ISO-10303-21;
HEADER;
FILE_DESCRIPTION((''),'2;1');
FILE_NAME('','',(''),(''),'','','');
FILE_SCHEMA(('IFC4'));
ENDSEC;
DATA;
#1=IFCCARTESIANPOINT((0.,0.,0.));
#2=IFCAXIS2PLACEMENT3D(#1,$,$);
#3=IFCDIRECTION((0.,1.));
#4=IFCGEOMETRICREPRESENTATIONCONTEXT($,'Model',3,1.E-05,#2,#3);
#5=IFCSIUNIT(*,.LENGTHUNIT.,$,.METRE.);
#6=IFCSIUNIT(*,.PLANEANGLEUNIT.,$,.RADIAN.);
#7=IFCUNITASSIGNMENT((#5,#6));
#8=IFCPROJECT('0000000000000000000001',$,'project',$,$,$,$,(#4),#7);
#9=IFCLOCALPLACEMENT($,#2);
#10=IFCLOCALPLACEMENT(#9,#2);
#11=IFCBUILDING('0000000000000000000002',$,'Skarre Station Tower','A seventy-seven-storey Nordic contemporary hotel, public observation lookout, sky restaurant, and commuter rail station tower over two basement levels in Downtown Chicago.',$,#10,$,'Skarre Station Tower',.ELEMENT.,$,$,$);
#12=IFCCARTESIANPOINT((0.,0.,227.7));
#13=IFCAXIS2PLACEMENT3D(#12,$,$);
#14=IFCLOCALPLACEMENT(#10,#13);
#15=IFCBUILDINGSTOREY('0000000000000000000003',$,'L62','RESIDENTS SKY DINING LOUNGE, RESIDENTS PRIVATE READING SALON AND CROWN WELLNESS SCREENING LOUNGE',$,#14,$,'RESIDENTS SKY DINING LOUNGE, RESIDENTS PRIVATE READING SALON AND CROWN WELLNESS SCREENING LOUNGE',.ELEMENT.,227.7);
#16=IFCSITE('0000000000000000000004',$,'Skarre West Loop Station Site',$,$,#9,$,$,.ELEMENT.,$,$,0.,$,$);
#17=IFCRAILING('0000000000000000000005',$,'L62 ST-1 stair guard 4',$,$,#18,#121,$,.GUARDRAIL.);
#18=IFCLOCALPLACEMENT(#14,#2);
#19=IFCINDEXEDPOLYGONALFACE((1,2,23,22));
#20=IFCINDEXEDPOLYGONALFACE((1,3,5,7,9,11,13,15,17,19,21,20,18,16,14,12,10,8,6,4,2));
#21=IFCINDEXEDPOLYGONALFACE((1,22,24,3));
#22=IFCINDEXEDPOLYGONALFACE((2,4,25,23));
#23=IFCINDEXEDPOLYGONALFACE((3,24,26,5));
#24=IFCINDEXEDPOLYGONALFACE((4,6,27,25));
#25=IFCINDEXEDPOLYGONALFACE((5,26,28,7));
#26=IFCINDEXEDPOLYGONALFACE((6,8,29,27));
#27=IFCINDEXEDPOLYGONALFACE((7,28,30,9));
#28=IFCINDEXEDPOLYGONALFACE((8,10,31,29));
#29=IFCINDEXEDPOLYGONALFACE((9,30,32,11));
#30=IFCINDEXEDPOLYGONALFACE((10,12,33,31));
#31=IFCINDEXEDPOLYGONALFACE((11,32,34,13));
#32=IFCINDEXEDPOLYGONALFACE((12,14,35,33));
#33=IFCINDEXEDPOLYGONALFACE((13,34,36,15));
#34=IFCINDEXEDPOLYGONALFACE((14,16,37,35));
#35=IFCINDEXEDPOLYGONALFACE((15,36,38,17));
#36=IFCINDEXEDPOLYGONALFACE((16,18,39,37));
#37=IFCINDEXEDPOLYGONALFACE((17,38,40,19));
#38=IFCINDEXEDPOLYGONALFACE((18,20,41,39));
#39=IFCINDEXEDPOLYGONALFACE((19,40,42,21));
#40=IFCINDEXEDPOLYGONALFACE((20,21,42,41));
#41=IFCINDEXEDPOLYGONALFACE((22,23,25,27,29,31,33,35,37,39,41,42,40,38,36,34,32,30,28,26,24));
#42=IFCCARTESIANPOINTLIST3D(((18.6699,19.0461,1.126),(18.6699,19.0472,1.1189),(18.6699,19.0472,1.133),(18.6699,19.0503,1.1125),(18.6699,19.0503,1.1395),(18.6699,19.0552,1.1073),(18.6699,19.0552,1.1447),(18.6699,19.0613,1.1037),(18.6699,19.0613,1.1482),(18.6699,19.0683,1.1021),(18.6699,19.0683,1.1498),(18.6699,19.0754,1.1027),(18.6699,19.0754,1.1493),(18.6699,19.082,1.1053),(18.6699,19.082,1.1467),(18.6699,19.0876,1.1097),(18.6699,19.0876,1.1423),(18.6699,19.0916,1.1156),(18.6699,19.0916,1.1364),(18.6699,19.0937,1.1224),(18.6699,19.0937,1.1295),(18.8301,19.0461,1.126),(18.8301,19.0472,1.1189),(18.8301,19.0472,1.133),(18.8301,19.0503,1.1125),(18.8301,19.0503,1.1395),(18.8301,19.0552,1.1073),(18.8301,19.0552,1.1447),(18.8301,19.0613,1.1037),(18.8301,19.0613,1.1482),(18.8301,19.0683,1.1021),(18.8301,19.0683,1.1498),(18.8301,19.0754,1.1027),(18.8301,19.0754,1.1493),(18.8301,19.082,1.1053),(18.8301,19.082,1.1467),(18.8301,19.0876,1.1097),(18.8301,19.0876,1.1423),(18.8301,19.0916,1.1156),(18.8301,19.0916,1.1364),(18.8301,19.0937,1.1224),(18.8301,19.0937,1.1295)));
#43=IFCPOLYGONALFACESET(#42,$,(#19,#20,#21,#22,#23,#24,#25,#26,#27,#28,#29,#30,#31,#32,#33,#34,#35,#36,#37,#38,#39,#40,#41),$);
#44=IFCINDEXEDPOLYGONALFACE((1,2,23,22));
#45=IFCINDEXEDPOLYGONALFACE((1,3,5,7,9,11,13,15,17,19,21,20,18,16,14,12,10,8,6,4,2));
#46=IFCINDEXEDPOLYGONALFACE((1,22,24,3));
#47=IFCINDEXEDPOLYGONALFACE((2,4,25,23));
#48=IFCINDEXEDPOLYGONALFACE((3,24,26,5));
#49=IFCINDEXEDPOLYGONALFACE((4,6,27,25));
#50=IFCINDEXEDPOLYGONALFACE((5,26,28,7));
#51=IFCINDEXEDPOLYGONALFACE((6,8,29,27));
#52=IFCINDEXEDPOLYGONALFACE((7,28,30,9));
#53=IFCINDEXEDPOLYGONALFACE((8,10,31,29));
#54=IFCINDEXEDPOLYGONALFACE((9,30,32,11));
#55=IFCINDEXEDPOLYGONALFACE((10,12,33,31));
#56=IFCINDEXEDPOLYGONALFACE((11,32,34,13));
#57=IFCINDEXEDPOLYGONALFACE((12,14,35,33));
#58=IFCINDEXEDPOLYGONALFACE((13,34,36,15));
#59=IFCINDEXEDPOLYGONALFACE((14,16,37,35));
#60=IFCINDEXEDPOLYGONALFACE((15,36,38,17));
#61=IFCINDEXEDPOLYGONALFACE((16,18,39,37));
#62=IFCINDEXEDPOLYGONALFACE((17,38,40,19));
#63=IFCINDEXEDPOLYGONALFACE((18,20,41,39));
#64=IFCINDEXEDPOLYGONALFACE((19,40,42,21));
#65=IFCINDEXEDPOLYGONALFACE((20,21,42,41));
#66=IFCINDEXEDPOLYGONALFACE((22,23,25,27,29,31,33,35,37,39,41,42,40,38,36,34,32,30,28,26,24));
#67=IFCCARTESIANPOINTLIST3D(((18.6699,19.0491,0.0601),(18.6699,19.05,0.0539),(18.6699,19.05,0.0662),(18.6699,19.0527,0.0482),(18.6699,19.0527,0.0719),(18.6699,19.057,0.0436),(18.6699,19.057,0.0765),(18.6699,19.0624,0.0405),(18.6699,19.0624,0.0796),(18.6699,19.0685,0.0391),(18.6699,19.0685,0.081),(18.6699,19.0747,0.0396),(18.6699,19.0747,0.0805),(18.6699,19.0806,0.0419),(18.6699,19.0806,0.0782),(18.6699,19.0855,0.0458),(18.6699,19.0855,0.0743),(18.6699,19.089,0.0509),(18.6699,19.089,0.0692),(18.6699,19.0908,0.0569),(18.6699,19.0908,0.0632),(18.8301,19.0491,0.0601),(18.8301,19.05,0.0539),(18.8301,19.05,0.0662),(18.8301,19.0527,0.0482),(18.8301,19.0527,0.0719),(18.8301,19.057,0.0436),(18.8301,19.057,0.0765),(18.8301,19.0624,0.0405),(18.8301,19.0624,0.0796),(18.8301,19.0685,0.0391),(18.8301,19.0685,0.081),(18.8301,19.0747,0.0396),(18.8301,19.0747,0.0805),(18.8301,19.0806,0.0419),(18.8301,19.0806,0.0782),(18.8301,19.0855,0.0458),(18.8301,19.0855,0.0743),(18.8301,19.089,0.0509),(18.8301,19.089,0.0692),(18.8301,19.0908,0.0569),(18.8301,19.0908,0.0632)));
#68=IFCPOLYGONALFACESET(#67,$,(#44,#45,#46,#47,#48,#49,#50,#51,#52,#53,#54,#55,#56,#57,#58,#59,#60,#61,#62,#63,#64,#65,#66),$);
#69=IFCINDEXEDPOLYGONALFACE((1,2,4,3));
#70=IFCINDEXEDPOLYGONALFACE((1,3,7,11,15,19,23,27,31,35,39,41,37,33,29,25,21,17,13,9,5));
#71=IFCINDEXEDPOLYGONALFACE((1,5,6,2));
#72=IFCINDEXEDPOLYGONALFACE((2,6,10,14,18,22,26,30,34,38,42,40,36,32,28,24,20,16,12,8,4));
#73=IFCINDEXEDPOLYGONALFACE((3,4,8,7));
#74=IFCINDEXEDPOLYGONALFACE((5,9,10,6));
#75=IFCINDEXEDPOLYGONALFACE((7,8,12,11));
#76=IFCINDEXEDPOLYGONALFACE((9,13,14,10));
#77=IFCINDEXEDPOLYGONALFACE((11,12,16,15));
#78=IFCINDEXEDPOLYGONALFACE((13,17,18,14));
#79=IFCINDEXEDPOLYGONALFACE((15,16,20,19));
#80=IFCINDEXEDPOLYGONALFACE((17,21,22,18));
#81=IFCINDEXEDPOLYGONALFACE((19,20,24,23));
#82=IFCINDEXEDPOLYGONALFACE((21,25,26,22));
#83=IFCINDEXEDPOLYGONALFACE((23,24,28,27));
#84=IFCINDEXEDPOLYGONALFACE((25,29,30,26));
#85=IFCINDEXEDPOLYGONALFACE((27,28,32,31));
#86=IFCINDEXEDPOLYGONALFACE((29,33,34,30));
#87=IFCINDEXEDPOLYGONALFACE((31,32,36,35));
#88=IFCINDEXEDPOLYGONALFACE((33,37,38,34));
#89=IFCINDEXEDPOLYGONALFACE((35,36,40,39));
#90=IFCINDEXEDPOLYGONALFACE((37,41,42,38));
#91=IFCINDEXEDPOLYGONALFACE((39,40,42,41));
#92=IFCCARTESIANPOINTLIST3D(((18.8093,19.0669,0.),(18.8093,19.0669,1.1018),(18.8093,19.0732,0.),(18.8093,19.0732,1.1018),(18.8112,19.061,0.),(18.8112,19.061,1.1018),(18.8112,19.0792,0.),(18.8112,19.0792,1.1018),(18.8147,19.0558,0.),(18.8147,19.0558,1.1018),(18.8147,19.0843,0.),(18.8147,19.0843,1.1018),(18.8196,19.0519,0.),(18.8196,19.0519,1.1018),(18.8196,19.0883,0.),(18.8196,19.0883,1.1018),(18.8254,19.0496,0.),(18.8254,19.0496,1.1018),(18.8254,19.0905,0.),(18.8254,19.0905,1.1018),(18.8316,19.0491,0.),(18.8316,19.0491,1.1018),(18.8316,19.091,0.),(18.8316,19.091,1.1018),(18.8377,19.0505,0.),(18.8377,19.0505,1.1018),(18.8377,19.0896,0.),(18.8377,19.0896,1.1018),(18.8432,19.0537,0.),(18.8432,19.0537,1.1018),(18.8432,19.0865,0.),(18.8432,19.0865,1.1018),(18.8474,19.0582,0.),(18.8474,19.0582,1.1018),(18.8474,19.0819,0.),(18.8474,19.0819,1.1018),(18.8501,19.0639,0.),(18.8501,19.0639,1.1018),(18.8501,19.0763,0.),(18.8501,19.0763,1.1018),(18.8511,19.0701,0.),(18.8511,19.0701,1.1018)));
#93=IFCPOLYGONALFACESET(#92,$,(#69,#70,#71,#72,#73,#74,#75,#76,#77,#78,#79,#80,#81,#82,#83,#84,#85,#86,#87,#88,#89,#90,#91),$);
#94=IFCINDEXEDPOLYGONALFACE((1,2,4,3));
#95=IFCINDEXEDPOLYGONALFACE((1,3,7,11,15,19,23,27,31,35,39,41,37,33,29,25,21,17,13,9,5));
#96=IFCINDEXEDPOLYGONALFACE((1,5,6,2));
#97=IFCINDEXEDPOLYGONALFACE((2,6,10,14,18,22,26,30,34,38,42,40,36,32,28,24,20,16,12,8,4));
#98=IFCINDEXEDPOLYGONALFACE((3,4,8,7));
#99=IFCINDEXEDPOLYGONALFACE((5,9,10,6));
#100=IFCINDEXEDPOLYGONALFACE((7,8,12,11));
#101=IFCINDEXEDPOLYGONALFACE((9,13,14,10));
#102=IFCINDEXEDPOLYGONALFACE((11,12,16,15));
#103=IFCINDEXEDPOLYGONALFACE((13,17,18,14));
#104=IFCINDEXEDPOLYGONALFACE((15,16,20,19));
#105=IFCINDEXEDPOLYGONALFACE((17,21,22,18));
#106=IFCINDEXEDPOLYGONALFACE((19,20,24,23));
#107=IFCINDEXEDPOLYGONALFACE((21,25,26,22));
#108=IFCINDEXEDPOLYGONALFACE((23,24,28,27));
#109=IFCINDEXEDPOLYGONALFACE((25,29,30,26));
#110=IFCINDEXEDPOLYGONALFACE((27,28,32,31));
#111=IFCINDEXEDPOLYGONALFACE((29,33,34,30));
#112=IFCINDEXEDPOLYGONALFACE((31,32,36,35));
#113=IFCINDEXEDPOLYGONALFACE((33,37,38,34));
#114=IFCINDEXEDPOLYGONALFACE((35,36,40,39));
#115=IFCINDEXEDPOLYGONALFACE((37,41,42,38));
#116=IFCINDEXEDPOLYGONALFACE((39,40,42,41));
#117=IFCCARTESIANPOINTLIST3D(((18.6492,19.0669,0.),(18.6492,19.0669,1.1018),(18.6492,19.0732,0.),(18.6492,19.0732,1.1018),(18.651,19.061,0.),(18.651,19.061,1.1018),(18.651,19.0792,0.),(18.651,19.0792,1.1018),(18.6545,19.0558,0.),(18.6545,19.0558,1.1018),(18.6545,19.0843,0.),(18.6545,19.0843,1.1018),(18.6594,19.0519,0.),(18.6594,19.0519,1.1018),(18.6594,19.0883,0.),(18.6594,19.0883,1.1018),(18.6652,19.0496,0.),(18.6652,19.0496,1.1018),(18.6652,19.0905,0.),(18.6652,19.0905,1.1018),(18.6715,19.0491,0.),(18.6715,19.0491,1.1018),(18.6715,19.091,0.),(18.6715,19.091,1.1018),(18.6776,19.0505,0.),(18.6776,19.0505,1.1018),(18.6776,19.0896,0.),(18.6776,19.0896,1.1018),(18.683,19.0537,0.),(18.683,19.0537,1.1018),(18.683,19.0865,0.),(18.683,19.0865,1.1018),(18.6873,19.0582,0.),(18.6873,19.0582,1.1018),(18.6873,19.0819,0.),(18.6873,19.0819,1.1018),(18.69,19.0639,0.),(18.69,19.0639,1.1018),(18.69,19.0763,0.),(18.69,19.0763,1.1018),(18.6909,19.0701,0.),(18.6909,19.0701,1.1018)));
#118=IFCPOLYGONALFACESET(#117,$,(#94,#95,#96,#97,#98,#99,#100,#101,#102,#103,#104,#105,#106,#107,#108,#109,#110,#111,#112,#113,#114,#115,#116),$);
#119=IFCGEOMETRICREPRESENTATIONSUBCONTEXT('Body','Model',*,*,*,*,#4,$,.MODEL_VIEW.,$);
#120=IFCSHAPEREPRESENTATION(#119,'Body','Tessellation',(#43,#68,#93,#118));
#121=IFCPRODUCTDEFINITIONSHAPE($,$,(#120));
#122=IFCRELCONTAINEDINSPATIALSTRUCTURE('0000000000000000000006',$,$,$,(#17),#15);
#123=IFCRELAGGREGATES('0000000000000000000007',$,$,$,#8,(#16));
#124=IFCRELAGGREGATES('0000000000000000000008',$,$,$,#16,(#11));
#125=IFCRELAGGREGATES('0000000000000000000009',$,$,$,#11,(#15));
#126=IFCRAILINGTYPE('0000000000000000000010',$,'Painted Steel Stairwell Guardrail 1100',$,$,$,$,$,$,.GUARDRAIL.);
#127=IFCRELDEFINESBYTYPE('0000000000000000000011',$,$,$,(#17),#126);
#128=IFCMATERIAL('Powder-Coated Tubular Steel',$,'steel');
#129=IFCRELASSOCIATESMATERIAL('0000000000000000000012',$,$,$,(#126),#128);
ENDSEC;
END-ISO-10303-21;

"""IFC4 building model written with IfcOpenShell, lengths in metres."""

from ifc_helpers import new_model, si_unit, direction, frame, origin, origin_2d, place, context, subcontext, project, spatial, circle, extrude, material, type_object, element, save


model = new_model("IFC4")

# Units and contexts
model_context = context("Model", 3, precision=1e-05, world=origin(), true_north=direction((0.0, 1.0)))
body_context = subcontext(model_context, "Body", "Model", "MODEL_VIEW")
ifc_project = project(units=[si_unit("LENGTHUNIT", "METRE"), si_unit("PLANEANGLEUNIT", "RADIAN")], contexts=[model_context])

# Site, building, storey
site_placement = place(None, origin())
site = spatial("IfcSite", under=ifc_project, at=site_placement, Name="Skarre West Loop Station Site", CompositionType="ELEMENT", RefElevation=0.0)
building_placement = place(site_placement, origin())
building = spatial("IfcBuilding", under=site, at=building_placement, Name="Skarre Station Tower", Description="A seventy-seven-storey Nordic contemporary hotel, public observation lookout, sky restaurant, and commuter rail station tower over two basement levels in Downtown Chicago.", LongName="Skarre Station Tower", CompositionType="ELEMENT")
storey_placement = place(building_placement, frame((0.0, 0.0, 227.7)))
storey = spatial("IfcBuildingStorey", under=building, at=storey_placement, Name="L62", Description="RESIDENTS SKY DINING LOUNGE, RESIDENTS PRIVATE READING SALON AND CROWN WELLNESS SCREENING LOUNGE", LongName="RESIDENTS SKY DINING LOUNGE, RESIDENTS PRIVATE READING SALON AND CROWN WELLNESS SCREENING LOUNGE", CompositionType="ELEMENT", Elevation=227.7)

# Railing
ifc_material_1 = material(Name="Powder-Coated Tubular Steel", Category="steel")
railing_type_1 = type_object("IfcRailingType", Name="Painted Steel Stairwell Guardrail 1100", PredefinedType="GUARDRAIL", material=ifc_material_1)
railing_1_placement = place(storey_placement, frame((18.8301, 19.0701, 0.0)))
element("IfcRailing", 1, at=railing_1_placement, inside=storey, type_object=railing_type_1, Name="L62 ST-1 stair guard 4", PredefinedType="GUARDRAIL", context=body_context, shape_type="SweptSolid", body=[
    extrude(circle(Radius=0.0239, at=origin_2d()), frame((0.0, 0.0, 1.126), z_axis=(-1.0, 0.0, 0.0), x_axis=(0.0, -1.0, 0.0)), (0.0, 0.0, 1.0), 0.1602),
    extrude(circle(Radius=0.021, at=origin_2d()), frame((0.0, 0.0, 0.0601), z_axis=(-1.0, 0.0, 0.0), x_axis=(0.0, -1.0, 0.0)), (0.0, 0.0, 1.0), 0.1602),
    extrude(circle(Radius=0.021, at=origin_2d()), origin(), (0.0, 0.0, 1.0), 1.1018),
    extrude(circle(Radius=0.021, at=origin_2d()), frame((-0.1602, 0.0, 0.0)), (0.0, 0.0, 1.0), 1.1018),
])

save(model, "model.ifc")
